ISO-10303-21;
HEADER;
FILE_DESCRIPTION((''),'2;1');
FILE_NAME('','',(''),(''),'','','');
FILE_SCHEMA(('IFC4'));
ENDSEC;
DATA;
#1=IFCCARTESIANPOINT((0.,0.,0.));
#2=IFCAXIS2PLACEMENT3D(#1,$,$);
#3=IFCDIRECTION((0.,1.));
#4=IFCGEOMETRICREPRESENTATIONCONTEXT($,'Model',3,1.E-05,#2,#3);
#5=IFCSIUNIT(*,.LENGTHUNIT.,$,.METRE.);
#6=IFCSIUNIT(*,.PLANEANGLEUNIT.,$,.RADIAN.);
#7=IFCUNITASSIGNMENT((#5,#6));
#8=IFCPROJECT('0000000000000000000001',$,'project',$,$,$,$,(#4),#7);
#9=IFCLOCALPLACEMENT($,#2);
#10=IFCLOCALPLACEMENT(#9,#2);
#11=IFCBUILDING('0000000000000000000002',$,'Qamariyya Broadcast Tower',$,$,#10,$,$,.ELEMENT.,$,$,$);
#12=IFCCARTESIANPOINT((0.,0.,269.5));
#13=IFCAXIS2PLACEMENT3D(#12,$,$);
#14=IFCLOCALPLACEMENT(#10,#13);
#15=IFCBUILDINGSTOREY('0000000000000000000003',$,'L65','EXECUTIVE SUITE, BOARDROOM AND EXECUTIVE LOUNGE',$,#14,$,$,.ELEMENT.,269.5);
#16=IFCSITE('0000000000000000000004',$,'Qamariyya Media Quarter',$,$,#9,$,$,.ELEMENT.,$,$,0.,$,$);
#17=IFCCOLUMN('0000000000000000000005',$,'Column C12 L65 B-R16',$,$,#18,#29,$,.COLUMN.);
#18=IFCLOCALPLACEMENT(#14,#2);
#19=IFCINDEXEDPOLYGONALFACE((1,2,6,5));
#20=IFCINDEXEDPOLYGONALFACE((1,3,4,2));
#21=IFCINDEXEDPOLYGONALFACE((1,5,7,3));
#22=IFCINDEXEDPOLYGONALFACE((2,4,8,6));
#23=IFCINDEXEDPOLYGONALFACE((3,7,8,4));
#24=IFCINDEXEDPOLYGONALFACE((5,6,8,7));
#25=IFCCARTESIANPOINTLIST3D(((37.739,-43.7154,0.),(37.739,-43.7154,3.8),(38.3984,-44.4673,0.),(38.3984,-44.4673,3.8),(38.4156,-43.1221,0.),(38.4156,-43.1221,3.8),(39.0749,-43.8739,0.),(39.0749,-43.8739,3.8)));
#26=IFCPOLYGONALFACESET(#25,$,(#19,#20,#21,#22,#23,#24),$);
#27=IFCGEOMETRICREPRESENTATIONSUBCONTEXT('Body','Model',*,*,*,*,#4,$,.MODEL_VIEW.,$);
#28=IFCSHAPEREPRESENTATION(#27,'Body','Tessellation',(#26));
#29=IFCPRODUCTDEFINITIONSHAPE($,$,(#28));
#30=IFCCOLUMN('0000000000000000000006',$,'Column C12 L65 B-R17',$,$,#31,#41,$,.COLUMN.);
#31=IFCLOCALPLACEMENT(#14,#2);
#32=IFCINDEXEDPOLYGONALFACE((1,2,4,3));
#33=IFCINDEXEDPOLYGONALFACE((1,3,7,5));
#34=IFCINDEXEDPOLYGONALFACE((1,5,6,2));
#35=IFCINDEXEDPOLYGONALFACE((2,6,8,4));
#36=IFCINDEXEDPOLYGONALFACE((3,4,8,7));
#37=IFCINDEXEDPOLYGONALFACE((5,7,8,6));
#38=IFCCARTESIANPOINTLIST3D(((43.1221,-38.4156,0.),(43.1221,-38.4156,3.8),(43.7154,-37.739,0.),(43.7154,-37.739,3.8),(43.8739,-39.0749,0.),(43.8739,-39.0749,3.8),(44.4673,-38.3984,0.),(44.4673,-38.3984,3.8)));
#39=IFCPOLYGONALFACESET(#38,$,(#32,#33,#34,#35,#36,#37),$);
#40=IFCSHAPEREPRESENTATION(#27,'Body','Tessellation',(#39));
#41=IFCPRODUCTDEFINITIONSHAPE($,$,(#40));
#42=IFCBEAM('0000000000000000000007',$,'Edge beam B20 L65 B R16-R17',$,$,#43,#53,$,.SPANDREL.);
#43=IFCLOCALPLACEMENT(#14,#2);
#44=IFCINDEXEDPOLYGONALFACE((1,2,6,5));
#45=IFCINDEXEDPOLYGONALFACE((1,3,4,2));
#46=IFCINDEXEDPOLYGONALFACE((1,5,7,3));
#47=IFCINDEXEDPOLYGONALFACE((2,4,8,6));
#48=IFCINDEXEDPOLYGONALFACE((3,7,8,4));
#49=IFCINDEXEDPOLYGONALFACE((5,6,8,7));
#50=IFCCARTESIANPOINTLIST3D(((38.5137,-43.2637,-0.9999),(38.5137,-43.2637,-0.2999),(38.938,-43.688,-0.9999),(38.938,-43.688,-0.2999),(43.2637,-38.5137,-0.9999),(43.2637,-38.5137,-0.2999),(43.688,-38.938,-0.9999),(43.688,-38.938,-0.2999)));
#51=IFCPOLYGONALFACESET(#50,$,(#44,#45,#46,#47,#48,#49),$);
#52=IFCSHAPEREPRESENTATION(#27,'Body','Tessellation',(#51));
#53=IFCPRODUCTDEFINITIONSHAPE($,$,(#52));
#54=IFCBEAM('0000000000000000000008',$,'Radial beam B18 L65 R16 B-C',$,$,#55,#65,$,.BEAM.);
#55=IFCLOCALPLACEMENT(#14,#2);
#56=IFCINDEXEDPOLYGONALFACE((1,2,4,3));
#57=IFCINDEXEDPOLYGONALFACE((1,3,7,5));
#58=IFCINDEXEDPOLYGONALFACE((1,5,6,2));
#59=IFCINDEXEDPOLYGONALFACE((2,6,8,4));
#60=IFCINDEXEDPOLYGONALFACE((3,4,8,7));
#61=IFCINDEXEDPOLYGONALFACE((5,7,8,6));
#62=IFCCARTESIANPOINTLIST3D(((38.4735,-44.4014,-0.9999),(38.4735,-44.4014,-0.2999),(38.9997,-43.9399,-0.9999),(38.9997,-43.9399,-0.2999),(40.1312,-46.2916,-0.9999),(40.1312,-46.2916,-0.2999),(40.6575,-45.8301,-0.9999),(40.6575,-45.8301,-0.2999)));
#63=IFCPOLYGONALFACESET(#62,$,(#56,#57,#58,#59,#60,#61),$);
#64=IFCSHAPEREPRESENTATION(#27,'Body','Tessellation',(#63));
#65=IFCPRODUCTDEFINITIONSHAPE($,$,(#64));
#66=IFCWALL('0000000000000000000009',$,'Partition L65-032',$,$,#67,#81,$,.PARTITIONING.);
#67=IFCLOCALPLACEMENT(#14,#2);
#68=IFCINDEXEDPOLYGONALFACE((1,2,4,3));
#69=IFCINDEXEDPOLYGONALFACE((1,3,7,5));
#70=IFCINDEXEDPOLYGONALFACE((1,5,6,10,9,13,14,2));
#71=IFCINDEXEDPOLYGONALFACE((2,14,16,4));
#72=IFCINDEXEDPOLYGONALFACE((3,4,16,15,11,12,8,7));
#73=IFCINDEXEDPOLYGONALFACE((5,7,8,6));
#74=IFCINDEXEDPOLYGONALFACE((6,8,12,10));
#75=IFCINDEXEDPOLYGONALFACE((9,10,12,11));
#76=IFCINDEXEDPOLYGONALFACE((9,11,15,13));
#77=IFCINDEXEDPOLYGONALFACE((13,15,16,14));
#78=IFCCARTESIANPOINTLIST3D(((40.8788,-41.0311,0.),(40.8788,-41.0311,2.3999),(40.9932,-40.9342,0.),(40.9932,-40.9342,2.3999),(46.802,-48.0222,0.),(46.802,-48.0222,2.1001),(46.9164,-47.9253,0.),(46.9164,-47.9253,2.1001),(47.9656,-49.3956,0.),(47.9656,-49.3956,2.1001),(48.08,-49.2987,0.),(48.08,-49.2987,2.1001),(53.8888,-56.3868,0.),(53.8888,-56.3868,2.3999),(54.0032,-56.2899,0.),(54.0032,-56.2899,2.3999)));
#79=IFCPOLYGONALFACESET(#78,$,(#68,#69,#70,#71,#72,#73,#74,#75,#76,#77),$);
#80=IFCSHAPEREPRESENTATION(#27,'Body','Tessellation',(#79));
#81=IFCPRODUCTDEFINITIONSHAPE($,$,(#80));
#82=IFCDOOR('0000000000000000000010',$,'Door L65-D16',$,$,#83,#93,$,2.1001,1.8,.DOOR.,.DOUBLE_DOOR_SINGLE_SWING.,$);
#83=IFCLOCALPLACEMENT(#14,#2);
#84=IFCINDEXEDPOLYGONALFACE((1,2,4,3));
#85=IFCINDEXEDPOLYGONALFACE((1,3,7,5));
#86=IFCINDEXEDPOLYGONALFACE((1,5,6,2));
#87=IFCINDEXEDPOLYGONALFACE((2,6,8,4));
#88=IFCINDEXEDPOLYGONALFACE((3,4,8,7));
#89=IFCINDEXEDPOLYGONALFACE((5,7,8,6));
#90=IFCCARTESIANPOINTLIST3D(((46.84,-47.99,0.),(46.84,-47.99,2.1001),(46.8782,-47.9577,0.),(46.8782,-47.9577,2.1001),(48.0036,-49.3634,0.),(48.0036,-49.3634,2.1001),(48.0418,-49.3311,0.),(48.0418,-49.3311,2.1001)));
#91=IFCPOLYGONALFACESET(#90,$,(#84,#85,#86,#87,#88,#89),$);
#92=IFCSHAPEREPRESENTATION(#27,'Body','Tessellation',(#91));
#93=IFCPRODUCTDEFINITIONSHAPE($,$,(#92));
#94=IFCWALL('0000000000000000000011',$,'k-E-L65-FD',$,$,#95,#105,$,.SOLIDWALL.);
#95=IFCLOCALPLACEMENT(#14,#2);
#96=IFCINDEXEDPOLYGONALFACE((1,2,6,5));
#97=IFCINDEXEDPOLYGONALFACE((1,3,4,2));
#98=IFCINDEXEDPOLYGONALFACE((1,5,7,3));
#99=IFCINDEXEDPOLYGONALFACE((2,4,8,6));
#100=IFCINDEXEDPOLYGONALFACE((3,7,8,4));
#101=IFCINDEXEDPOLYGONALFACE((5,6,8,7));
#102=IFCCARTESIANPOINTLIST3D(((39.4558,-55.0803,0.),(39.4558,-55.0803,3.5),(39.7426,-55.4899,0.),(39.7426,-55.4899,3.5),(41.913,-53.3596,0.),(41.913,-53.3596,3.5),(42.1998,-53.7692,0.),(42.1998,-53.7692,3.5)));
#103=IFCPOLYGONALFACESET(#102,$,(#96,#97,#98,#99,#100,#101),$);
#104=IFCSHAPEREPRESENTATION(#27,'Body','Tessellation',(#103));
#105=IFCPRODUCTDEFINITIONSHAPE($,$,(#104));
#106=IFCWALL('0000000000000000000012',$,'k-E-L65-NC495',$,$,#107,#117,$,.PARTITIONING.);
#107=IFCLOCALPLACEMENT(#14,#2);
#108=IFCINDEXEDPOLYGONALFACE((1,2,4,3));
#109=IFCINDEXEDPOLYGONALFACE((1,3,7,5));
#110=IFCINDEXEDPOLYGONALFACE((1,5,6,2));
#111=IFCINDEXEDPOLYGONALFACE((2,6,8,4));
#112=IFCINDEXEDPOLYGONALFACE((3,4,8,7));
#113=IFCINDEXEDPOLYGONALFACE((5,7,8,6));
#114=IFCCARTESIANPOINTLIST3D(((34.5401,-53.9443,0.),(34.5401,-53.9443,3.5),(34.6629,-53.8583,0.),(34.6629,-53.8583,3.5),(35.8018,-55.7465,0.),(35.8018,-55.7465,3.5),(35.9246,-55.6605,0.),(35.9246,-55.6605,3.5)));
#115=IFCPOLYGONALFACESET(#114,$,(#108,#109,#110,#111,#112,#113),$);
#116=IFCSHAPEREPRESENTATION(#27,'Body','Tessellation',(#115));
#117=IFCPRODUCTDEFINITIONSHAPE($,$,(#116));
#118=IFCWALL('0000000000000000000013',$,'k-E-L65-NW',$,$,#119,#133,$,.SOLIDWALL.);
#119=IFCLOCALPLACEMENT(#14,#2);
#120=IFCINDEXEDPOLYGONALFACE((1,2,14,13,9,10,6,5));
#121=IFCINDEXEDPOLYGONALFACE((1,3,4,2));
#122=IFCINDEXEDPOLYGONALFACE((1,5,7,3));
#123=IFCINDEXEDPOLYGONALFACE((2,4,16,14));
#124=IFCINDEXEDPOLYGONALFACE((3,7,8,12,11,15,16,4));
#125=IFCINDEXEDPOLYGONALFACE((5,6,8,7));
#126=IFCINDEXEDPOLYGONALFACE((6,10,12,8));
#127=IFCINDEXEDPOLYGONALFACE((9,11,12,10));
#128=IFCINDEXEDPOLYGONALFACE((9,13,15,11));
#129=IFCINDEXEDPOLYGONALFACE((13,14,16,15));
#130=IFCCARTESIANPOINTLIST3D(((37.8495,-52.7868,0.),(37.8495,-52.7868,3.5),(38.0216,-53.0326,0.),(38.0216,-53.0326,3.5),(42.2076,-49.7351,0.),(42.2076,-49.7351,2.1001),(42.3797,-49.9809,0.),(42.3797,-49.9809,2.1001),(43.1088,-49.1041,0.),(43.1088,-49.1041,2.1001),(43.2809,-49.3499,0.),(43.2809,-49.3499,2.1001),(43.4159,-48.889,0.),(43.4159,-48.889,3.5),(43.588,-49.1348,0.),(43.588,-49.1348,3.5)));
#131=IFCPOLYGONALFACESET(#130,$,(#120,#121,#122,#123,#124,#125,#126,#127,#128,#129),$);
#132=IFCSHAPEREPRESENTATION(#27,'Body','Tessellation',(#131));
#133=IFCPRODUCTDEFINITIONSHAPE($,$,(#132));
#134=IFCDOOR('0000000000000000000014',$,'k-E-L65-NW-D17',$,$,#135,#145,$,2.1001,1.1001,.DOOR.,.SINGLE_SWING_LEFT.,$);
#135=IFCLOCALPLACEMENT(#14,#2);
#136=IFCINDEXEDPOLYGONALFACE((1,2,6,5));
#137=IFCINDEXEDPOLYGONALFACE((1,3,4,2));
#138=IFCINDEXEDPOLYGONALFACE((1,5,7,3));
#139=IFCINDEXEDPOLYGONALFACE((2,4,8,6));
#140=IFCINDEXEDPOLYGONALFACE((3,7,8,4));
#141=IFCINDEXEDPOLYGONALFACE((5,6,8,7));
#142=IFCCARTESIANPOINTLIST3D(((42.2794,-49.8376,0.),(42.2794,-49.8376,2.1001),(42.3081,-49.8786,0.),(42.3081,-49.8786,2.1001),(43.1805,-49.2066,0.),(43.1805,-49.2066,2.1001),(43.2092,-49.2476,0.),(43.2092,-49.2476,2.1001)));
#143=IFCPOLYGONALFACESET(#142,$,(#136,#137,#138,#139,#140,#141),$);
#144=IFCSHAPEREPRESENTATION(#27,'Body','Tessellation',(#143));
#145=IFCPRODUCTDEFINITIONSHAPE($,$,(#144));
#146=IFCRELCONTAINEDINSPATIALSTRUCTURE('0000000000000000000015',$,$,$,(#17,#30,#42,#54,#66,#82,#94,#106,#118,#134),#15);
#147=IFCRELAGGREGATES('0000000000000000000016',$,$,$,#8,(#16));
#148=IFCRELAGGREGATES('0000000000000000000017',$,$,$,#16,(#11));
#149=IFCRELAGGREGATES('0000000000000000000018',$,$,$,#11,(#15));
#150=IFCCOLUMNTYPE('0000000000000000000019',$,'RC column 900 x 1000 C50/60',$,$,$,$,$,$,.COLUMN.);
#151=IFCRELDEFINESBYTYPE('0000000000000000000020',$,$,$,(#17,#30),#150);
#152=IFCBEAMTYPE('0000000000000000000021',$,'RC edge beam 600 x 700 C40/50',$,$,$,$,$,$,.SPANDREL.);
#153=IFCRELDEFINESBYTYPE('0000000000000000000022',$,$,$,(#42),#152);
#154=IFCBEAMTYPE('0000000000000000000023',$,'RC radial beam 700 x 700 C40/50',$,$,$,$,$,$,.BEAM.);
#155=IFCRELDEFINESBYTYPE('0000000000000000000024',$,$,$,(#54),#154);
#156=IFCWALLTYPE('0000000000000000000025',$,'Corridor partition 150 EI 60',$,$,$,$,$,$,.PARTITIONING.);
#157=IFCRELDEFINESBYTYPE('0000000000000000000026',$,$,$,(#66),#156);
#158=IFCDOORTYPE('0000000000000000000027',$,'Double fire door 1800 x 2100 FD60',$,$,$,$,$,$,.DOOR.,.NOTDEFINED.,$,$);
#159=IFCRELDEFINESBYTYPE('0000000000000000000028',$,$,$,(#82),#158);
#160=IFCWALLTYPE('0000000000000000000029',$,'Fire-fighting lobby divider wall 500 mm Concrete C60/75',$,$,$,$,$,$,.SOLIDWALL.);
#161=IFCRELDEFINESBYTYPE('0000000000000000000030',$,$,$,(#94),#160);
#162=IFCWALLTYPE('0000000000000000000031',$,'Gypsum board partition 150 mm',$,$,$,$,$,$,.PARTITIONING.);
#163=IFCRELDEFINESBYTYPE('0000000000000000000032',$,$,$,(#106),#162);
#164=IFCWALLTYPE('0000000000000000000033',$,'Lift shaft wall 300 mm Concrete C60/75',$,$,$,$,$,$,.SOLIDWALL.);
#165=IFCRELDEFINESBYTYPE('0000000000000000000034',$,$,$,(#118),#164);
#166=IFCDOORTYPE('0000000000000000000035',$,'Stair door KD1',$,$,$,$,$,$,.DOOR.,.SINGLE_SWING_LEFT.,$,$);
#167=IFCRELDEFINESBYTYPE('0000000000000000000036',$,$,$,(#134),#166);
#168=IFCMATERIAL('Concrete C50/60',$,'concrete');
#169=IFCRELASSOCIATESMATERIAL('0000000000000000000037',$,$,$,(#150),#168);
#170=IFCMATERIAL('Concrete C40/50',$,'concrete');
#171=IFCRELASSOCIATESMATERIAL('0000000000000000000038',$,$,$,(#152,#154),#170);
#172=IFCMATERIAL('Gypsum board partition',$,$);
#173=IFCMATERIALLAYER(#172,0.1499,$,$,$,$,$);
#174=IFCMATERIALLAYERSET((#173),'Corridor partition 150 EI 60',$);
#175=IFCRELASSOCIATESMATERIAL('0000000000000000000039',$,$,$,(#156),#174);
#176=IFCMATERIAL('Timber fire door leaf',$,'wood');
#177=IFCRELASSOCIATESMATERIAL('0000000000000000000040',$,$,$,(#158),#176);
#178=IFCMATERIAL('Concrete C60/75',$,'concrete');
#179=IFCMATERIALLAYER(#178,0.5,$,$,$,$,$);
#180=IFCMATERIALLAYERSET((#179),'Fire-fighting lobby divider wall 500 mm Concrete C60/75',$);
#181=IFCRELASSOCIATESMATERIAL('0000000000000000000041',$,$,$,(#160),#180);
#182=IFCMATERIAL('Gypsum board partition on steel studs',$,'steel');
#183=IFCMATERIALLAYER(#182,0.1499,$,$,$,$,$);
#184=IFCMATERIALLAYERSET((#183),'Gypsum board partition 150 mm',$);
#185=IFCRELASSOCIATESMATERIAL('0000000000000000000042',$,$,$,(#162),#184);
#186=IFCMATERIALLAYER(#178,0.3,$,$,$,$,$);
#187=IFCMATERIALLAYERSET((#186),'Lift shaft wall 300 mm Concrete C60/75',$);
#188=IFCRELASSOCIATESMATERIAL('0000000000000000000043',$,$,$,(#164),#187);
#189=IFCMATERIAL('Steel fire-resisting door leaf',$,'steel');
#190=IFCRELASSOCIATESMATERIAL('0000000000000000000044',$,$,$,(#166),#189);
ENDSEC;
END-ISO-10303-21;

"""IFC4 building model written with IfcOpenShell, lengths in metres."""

from ifc_helpers import new_model, si_unit, direction, frame, frame_2d, origin, origin_2d, place, context, subcontext, project, spatial, rectangle, extrude, material, layer, layer_set, material_profile, profile_set, type_object, element, fill, save


model = new_model("IFC4")

# Units and contexts
model_context = context("Model", 3, precision=1e-05, world=origin(), true_north=direction((0.0, 1.0)))
body_context = subcontext(model_context, "Body", "Model", "MODEL_VIEW")
ifc_project = project(units=[si_unit("LENGTHUNIT", "METRE"), si_unit("PLANEANGLEUNIT", "RADIAN")], contexts=[model_context])

# Site, building, storey
site_placement = place(None, origin())
site = spatial("IfcSite", under=ifc_project, at=site_placement, Name="Qamariyya Media Quarter", CompositionType="ELEMENT", RefElevation=0.0)
building_placement = place(site_placement, origin())
building = spatial("IfcBuilding", under=site, at=building_placement, Name="Qamariyya Broadcast Tower", CompositionType="ELEMENT")
storey_placement = place(building_placement, frame((0.0, 0.0, 269.5)))
storey = spatial("IfcBuildingStorey", under=building, at=storey_placement, Name="L65", Description="EXECUTIVE SUITE, BOARDROOM AND EXECUTIVE LOUNGE", CompositionType="ELEMENT", Elevation=269.5)

# Columns
ifc_material_1 = material(Name="Concrete C50/60", Category="concrete")
ifc_material_profile_1 = material_profile(ifc_material_1, rectangle(XDim=0.8999, YDim=1.0, at=origin_2d()))
ifc_profile_set_1 = profile_set([ifc_material_profile_1], Name="Concrete C50/60")
column_type = type_object("IfcColumnType", Name="RC column 900 x 1000 C50/60", PredefinedType="COLUMN", material=ifc_profile_set_1)
for number, where, z_axis, x_axis, name in (
    (1, (38.407, -43.7947, 0.0), (0.0, 0.0, 1.0), (0.75184, 0.659346, 0.0), "Column C12 L65 B-R16"),
    (2, (43.7947, -38.407, 0.0), (0.0, 0.0, 1.0), (0.659346, 0.75184, 0.0), "Column C12 L65 B-R17"),
):
    element("IfcColumn", number, at=place(storey_placement, frame(where, z_axis=z_axis, x_axis=x_axis)), inside=storey, type_object=column_type, Name=name, PredefinedType="COLUMN", context=body_context, shape_type="SweptSolid", body=[
        extrude(rectangle(XDim=0.8999, YDim=1.0, at=origin_2d()), origin(), (0.0, 0.0, 1.0), 3.8),
    ])

# Beams
ifc_material_2 = material(Name="Concrete C40/50", Category="concrete")
ifc_material_profile_2 = material_profile(ifc_material_2, rectangle(XDim=0.6001, YDim=0.7, at=origin_2d()))
ifc_profile_set_2 = profile_set([ifc_material_profile_2], Name="Concrete C40/50")
beam_type_1 = type_object("IfcBeamType", Name="RC edge beam 600 x 700 C40/50", PredefinedType="SPANDREL", material=ifc_profile_set_2)
beam_1_placement = place(storey_placement, frame((38.7258, -43.4758, -0.6499), z_axis=(0.707107, 0.707107, 0.0), x_axis=(-0.707107, 0.707107, 0.0)))
element("IfcBeam", 3, at=beam_1_placement, inside=storey, type_object=beam_type_1, Name="Edge beam B20 L65 B R16-R17", PredefinedType="SPANDREL", context=body_context, shape_type="SweptSolid", body=[
    extrude(rectangle(XDim=0.6001, YDim=0.7, at=origin_2d()), origin(), (0.0, 0.0, 1.0), 6.7175),
])
ifc_material_profile_3 = material_profile(ifc_material_2, rectangle(XDim=0.7, YDim=0.7, at=origin_2d()))
ifc_profile_set_3 = profile_set([ifc_material_profile_3], Name="Concrete C40/50")
beam_type_2 = type_object("IfcBeamType", Name="RC radial beam 700 x 700 C40/50", PredefinedType="BEAM", material=ifc_profile_set_3)
beam_2_placement = place(storey_placement, frame((38.7366, -44.1707, -0.6499), z_axis=(0.65937, -0.751818, 0.0), x_axis=(0.751818, 0.65937, 0.0)))
element("IfcBeam", 4, at=beam_2_placement, inside=storey, type_object=beam_type_2, Name="Radial beam B18 L65 R16 B-C", PredefinedType="BEAM", context=body_context, shape_type="SweptSolid", body=[
    extrude(rectangle(XDim=0.7, YDim=0.7, at=origin_2d()), origin(), (0.0, 0.0, 1.0), 2.5142),
])

# Wall, opening, door
ifc_material_3 = material(Name="Gypsum board partition")
ifc_layer_1 = layer(ifc_material_3, 0.1499)
ifc_layer_set_1 = layer_set([ifc_layer_1], Name="Corridor partition 150 EI 60")
wall_type_1 = type_object("IfcWallType", Name="Corridor partition 150 EI 60", PredefinedType="PARTITIONING", material=ifc_layer_set_1)
wall_1_placement = place(storey_placement, frame((40.936, -40.9827, 0.0), z_axis=(0.0, 0.0, 1.0), x_axis=(0.646426, -0.762977, 0.0)))
wall_1 = element("IfcWall", 5, at=wall_1_placement, inside=storey, type_object=wall_type_1, Name="Partition L65-032", PredefinedType="PARTITIONING", context=body_context, shape_type="SweptSolid", body=[
    extrude(rectangle(XDim=20.126, YDim=0.1499, at=frame_2d((10.063, 0.0))), origin(), (0.0, 0.0, 1.0), 2.3999),
])
opening_1_placement = place(wall_1_placement, frame((9.1631, 0.0, 0.0)))
opening_1 = element("IfcOpeningElement", 6, at=opening_1_placement, cuts=wall_1, PredefinedType="OPENING", context=body_context, shape_type="SweptSolid", body=[
    extrude(rectangle(XDim=1.8, YDim=2.1001, at=frame_2d((0.8999, 1.05))), frame((0.0, 0.085, 0.0), z_axis=(0.0, -1.0, 0.0), x_axis=(1.0, 0.0, 0.0)), (0.0, 0.0, 1.0), 0.1699),
])
ifc_material_4 = material(Name="Timber fire door leaf", Category="wood")
door_type_1 = type_object("IfcDoorType", Name="Double fire door 1800 x 2100 FD60", OperationType="NOTDEFINED", PredefinedType="DOOR", material=ifc_material_4)
door_1_placement = place(opening_1_placement, origin())
door_1 = element("IfcDoor", 7, at=door_1_placement, inside=storey, type_object=door_type_1, Name="Door L65-D16", OperationType="DOUBLE_DOOR_SINGLE_SWING", OverallHeight=2.1001, OverallWidth=1.8, PredefinedType="DOOR", context=body_context, shape_type="SweptSolid", body=[
    extrude(rectangle(XDim=1.8, YDim=2.1001, at=frame_2d((0.8999, 1.05))), frame((0.0, 0.0249, 0.0), z_axis=(0.0, -1.0, 0.0), x_axis=(1.0, 0.0, 0.0)), (0.0, 0.0, 1.0), 0.05),
])
fill(opening_1, door_1)

# Walls
ifc_material_5 = material(Name="Concrete C60/75", Category="concrete")
ifc_layer_2 = layer(ifc_material_5, 0.5)
ifc_layer_set_2 = layer_set([ifc_layer_2], Name="Fire-fighting lobby divider wall 500 mm Concrete C60/75")
wall_type_2 = type_object("IfcWallType", Name="Fire-fighting lobby divider wall 500 mm Concrete C60/75", PredefinedType="SOLIDWALL", material=ifc_layer_set_2)
wall_2_placement = place(storey_placement, frame((39.5991, -55.2852, 0.0), z_axis=(0.0, 0.0, 1.0), x_axis=(0.819136, 0.573599, 0.0)))
element("IfcWall", 8, at=wall_2_placement, inside=storey, type_object=wall_type_2, Name="k-E-L65-FD", PredefinedType="SOLIDWALL", context=body_context, shape_type="SweptSolid", body=[
    extrude(rectangle(XDim=2.9998, YDim=0.5, at=frame_2d((1.5, 0.0))), origin(), (0.0, 0.0, 1.0), 3.5),
])
ifc_material_6 = material(Name="Gypsum board partition on steel studs", Category="steel")
ifc_layer_3 = layer(ifc_material_6, 0.1499)
ifc_layer_set_3 = layer_set([ifc_layer_3], Name="Gypsum board partition 150 mm")
wall_type_3 = type_object("IfcWallType", Name="Gypsum board partition 150 mm", PredefinedType="PARTITIONING", material=ifc_layer_set_3)
wall_3_placement = place(storey_placement, frame((35.8633, -55.7036, 0.0), z_axis=(0.0, 0.0, 1.0), x_axis=(-0.573507, 0.819201, 0.0)))
element("IfcWall", 9, at=wall_3_placement, inside=storey, type_object=wall_type_3, Name="k-E-L65-NC495", PredefinedType="PARTITIONING", context=body_context, shape_type="SweptSolid", body=[
    extrude(rectangle(XDim=2.2, YDim=0.1499, at=frame_2d((1.1001, 0.0))), origin(), (0.0, 0.0, 1.0), 3.5),
])

# Wall, opening, door
ifc_layer_4 = layer(ifc_material_5, 0.3)
ifc_layer_set_4 = layer_set([ifc_layer_4], Name="Lift shaft wall 300 mm Concrete C60/75")
wall_type_4 = type_object("IfcWallType", Name="Lift shaft wall 300 mm Concrete C60/75", PredefinedType="SOLIDWALL", material=ifc_layer_set_4)
wall_4_placement = place(storey_placement, frame((37.9355, -52.9097, 0.0), z_axis=(0.0, 0.0, 1.0), x_axis=(0.819148, 0.573583, 0.0)))
wall_4 = element("IfcWall", 10, at=wall_4_placement, inside=storey, type_object=wall_type_4, Name="k-E-L65-NW", PredefinedType="SOLIDWALL", context=body_context, shape_type="SweptSolid", body=[
    extrude(rectangle(XDim=6.7954, YDim=0.3, at=frame_2d((3.3977, 0.0))), origin(), (0.0, 0.0, 1.0), 3.5),
])
opening_2_placement = place(wall_4_placement, frame((5.3203, 0.0, 0.0)))
opening_2 = element("IfcOpeningElement", 11, at=opening_2_placement, cuts=wall_4, PredefinedType="OPENING", context=body_context, shape_type="SweptSolid", body=[
    extrude(rectangle(XDim=1.1001, YDim=2.1001, at=frame_2d((0.55, 1.05))), frame((0.0, 0.1599, 0.0), z_axis=(0.0, -1.0, 0.0), x_axis=(1.0, 0.0, 0.0)), (0.0, 0.0, 1.0), 0.3201),
])
ifc_material_7 = material(Name="Steel fire-resisting door leaf", Category="steel")
door_type_2 = type_object("IfcDoorType", Name="Stair door KD1", OperationType="SINGLE_SWING_LEFT", PredefinedType="DOOR", material=ifc_material_7)
door_2_placement = place(opening_2_placement, origin())
door_2 = element("IfcDoor", 12, at=door_2_placement, inside=storey, type_object=door_type_2, Name="k-E-L65-NW-D17", OperationType="SINGLE_SWING_LEFT", OverallHeight=2.1001, OverallWidth=1.1001, PredefinedType="DOOR", context=body_context, shape_type="SweptSolid", body=[
    extrude(rectangle(XDim=1.1001, YDim=2.1001, at=frame_2d((0.55, 1.05))), frame((0.0, 0.0249, 0.0), z_axis=(0.0, -1.0, 0.0), x_axis=(1.0, 0.0, 0.0)), (0.0, 0.0, 1.0), 0.05),
])
fill(opening_2, door_2)

save(model, "model.ifc")
